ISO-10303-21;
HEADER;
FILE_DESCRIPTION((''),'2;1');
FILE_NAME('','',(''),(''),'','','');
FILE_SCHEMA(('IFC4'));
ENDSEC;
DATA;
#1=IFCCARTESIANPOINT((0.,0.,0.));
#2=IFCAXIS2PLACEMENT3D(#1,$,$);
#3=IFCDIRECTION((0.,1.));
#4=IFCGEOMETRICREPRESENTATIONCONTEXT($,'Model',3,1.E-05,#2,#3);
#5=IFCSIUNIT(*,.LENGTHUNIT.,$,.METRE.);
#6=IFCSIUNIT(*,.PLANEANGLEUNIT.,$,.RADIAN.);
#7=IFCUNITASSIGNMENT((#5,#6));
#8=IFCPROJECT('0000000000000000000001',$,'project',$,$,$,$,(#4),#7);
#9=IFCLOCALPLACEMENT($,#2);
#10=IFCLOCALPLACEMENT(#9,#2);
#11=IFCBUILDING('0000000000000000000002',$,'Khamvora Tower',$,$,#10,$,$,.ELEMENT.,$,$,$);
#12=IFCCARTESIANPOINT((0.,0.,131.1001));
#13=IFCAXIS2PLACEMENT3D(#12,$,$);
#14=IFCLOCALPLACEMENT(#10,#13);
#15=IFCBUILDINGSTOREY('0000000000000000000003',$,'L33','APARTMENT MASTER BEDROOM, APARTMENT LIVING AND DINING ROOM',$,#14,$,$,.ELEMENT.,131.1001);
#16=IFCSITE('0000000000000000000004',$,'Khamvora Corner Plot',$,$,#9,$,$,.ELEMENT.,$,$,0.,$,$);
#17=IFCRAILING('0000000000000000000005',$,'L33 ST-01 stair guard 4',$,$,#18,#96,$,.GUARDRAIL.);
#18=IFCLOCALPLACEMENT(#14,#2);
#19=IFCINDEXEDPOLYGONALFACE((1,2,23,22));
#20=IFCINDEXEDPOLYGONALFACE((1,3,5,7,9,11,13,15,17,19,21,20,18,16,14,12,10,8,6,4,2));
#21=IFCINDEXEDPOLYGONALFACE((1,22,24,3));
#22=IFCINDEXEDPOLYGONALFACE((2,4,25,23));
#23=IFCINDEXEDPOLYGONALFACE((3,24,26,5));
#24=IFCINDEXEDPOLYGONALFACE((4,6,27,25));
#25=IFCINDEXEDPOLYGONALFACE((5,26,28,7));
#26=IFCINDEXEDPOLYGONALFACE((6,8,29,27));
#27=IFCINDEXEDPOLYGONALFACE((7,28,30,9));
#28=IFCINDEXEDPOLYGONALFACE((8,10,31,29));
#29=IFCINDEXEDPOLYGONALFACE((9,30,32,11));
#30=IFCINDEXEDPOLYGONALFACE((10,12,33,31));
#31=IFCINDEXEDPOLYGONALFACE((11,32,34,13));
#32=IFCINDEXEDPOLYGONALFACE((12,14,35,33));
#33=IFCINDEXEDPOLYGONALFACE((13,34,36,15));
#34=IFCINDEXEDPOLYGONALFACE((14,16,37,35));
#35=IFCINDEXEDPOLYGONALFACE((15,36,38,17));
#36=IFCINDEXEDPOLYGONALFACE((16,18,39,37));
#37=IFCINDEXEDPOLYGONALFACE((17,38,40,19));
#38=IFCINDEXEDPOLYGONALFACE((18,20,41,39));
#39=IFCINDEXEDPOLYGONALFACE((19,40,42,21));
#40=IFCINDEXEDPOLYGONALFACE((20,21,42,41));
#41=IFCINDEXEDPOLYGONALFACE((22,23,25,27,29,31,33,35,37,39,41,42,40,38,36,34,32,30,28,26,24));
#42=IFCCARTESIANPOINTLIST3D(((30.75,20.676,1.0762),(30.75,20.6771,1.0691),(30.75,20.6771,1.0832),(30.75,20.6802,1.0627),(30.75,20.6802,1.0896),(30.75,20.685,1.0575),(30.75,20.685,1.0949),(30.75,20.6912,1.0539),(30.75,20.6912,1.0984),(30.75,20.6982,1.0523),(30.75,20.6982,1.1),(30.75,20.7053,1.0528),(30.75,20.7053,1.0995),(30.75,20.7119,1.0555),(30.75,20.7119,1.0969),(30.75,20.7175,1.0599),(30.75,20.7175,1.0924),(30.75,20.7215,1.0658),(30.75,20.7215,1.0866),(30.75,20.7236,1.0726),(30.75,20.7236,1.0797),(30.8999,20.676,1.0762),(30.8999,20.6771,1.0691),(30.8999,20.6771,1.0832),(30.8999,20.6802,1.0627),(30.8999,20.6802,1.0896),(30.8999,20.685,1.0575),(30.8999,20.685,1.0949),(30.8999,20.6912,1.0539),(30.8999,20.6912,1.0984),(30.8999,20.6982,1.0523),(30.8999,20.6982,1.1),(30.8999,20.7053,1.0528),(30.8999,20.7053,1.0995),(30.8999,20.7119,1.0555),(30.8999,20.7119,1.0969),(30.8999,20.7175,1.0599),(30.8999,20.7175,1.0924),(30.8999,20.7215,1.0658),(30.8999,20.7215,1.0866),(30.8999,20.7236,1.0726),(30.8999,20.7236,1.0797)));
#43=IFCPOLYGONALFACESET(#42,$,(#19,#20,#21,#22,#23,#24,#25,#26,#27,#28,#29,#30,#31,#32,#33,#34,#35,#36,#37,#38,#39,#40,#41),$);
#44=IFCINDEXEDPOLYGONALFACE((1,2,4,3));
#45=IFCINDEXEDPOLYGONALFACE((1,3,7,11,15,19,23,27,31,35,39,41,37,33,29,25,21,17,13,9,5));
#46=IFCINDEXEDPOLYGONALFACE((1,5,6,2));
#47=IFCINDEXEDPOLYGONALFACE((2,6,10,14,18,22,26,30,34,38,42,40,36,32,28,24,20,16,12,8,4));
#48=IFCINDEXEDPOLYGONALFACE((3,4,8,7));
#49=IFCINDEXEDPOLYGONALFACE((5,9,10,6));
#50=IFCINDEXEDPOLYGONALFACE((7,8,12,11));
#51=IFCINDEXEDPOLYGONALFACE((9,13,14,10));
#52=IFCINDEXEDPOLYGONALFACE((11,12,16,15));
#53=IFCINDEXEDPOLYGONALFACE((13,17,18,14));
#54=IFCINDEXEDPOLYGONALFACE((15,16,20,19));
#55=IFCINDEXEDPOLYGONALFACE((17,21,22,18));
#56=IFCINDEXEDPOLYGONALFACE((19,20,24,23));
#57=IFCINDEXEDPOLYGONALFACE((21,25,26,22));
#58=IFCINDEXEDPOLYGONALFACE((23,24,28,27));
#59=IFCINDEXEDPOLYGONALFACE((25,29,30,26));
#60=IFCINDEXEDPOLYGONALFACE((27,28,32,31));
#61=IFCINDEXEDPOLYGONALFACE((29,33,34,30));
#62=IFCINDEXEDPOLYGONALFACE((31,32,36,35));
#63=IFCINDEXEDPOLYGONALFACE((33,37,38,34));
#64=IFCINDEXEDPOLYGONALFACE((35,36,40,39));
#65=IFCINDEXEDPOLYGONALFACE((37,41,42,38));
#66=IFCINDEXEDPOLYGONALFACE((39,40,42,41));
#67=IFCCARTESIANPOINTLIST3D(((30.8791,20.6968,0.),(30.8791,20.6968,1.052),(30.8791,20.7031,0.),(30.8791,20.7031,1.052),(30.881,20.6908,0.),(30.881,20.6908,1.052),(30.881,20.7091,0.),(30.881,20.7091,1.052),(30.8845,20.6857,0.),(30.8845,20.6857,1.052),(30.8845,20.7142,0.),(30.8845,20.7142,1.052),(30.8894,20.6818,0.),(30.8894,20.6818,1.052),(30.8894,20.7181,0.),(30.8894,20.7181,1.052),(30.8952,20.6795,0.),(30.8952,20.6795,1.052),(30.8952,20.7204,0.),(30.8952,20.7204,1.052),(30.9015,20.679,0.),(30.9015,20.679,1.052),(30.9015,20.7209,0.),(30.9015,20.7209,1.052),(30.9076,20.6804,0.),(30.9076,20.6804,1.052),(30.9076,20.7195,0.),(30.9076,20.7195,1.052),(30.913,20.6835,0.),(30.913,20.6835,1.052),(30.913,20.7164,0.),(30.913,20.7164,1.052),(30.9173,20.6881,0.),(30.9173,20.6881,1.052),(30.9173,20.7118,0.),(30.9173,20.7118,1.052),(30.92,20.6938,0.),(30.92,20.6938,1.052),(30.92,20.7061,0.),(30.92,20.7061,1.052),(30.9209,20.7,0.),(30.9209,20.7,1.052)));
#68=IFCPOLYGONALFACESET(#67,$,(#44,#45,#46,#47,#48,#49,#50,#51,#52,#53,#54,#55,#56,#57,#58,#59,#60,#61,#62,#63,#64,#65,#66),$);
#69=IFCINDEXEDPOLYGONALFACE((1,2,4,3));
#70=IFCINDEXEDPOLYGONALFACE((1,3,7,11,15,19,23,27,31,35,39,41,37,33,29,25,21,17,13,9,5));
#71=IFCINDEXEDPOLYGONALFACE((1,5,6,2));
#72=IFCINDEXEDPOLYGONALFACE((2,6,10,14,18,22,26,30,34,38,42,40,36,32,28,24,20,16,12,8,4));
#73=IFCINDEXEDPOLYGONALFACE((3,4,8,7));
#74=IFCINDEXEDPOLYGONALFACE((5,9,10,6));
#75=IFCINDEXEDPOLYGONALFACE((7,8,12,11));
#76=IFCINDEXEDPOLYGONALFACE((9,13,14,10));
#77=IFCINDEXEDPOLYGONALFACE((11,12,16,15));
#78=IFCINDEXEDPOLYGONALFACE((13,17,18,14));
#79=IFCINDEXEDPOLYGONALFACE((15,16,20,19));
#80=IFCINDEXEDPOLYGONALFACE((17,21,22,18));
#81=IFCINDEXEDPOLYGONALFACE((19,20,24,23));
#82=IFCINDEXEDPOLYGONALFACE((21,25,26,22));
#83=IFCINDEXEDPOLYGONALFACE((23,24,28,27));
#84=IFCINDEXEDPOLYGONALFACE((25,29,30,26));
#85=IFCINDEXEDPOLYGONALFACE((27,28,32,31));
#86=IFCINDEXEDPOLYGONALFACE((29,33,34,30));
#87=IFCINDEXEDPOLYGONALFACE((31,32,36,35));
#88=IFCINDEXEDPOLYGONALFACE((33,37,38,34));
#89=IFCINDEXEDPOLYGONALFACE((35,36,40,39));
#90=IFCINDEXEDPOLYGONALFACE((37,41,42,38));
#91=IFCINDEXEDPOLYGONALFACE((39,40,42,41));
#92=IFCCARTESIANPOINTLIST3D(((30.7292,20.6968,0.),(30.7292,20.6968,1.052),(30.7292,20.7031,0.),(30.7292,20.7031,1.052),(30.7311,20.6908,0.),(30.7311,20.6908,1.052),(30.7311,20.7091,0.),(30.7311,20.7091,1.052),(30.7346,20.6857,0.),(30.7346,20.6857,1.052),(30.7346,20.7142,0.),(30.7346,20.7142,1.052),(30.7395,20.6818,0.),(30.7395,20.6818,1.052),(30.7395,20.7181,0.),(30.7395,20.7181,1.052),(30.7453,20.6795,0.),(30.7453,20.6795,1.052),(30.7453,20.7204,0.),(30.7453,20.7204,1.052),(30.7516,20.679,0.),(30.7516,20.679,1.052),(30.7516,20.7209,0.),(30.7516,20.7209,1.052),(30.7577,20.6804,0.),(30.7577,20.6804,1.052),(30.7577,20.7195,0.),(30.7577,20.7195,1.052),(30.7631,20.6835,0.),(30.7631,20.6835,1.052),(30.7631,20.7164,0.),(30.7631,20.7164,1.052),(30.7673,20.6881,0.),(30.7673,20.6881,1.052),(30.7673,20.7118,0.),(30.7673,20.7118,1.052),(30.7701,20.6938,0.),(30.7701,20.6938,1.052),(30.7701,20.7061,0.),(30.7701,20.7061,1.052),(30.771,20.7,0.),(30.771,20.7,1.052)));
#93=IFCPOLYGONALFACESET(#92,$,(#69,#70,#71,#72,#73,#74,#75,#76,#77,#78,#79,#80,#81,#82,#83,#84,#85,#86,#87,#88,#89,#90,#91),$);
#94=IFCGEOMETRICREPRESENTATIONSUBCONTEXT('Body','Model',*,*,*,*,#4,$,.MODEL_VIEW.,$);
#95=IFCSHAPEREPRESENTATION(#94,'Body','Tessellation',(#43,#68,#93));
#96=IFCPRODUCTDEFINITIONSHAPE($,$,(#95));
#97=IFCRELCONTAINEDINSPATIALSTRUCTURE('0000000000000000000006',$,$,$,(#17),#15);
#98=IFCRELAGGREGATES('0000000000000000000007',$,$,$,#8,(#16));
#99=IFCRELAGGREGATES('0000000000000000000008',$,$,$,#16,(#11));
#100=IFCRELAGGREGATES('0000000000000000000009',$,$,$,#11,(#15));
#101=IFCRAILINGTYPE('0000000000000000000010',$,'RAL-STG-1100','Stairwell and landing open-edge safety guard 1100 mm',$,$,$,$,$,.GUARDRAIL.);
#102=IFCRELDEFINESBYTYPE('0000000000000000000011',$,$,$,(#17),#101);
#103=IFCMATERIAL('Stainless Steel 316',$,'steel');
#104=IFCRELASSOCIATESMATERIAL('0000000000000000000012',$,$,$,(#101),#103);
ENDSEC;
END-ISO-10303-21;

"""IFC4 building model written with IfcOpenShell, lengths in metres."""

from ifc_helpers import new_model, si_unit, direction, frame, origin, origin_2d, place, context, subcontext, project, spatial, circle, extrude, material, type_object, element, save


model = new_model("IFC4")

# Units and contexts
model_context = context("Model", 3, precision=1e-05, world=origin(), true_north=direction((0.0, 1.0)))
body_context = subcontext(model_context, "Body", "Model", "MODEL_VIEW")
ifc_project = project(units=[si_unit("LENGTHUNIT", "METRE"), si_unit("PLANEANGLEUNIT", "RADIAN")], contexts=[model_context])

# Site, building, storey
site_placement = place(None, origin())
site = spatial("IfcSite", under=ifc_project, at=site_placement, Name="Khamvora Corner Plot", CompositionType="ELEMENT", RefElevation=0.0)
building_placement = place(site_placement, origin())
building = spatial("IfcBuilding", under=site, at=building_placement, Name="Khamvora Tower", CompositionType="ELEMENT")
storey_placement = place(building_placement, frame((0.0, 0.0, 131.1001)))
storey = spatial("IfcBuildingStorey", under=building, at=storey_placement, Name="L33", Description="APARTMENT MASTER BEDROOM, APARTMENT LIVING AND DINING ROOM", CompositionType="ELEMENT", Elevation=131.1001)

# Railing
ifc_material_1 = material(Name="Stainless Steel 316", Category="steel")
railing_type_1 = type_object("IfcRailingType", Name="RAL-STG-1100", Description="Stairwell and landing open-edge safety guard 1100 mm", PredefinedType="GUARDRAIL", material=ifc_material_1)
railing_1_placement = place(storey_placement, frame((30.8999, 20.7, 0.0)))
element("IfcRailing", 1, at=railing_1_placement, inside=storey, type_object=railing_type_1, Name="L33 ST-01 stair guard 4", PredefinedType="GUARDRAIL", context=body_context, shape_type="SweptSolid", body=[
    extrude(circle(Radius=0.0239, at=origin_2d()), frame((0.0, 0.0, 1.0762), z_axis=(-1.0, 0.0, 0.0), x_axis=(0.0, -1.0, 0.0)), (0.0, 0.0, 1.0), 0.1499),
    extrude(circle(Radius=0.021, at=origin_2d()), origin(), (0.0, 0.0, 1.0), 1.052),
    extrude(circle(Radius=0.021, at=origin_2d()), frame((-0.1499, 0.0, 0.0)), (0.0, 0.0, 1.0), 1.052),
])

save(model, "model.ifc")
